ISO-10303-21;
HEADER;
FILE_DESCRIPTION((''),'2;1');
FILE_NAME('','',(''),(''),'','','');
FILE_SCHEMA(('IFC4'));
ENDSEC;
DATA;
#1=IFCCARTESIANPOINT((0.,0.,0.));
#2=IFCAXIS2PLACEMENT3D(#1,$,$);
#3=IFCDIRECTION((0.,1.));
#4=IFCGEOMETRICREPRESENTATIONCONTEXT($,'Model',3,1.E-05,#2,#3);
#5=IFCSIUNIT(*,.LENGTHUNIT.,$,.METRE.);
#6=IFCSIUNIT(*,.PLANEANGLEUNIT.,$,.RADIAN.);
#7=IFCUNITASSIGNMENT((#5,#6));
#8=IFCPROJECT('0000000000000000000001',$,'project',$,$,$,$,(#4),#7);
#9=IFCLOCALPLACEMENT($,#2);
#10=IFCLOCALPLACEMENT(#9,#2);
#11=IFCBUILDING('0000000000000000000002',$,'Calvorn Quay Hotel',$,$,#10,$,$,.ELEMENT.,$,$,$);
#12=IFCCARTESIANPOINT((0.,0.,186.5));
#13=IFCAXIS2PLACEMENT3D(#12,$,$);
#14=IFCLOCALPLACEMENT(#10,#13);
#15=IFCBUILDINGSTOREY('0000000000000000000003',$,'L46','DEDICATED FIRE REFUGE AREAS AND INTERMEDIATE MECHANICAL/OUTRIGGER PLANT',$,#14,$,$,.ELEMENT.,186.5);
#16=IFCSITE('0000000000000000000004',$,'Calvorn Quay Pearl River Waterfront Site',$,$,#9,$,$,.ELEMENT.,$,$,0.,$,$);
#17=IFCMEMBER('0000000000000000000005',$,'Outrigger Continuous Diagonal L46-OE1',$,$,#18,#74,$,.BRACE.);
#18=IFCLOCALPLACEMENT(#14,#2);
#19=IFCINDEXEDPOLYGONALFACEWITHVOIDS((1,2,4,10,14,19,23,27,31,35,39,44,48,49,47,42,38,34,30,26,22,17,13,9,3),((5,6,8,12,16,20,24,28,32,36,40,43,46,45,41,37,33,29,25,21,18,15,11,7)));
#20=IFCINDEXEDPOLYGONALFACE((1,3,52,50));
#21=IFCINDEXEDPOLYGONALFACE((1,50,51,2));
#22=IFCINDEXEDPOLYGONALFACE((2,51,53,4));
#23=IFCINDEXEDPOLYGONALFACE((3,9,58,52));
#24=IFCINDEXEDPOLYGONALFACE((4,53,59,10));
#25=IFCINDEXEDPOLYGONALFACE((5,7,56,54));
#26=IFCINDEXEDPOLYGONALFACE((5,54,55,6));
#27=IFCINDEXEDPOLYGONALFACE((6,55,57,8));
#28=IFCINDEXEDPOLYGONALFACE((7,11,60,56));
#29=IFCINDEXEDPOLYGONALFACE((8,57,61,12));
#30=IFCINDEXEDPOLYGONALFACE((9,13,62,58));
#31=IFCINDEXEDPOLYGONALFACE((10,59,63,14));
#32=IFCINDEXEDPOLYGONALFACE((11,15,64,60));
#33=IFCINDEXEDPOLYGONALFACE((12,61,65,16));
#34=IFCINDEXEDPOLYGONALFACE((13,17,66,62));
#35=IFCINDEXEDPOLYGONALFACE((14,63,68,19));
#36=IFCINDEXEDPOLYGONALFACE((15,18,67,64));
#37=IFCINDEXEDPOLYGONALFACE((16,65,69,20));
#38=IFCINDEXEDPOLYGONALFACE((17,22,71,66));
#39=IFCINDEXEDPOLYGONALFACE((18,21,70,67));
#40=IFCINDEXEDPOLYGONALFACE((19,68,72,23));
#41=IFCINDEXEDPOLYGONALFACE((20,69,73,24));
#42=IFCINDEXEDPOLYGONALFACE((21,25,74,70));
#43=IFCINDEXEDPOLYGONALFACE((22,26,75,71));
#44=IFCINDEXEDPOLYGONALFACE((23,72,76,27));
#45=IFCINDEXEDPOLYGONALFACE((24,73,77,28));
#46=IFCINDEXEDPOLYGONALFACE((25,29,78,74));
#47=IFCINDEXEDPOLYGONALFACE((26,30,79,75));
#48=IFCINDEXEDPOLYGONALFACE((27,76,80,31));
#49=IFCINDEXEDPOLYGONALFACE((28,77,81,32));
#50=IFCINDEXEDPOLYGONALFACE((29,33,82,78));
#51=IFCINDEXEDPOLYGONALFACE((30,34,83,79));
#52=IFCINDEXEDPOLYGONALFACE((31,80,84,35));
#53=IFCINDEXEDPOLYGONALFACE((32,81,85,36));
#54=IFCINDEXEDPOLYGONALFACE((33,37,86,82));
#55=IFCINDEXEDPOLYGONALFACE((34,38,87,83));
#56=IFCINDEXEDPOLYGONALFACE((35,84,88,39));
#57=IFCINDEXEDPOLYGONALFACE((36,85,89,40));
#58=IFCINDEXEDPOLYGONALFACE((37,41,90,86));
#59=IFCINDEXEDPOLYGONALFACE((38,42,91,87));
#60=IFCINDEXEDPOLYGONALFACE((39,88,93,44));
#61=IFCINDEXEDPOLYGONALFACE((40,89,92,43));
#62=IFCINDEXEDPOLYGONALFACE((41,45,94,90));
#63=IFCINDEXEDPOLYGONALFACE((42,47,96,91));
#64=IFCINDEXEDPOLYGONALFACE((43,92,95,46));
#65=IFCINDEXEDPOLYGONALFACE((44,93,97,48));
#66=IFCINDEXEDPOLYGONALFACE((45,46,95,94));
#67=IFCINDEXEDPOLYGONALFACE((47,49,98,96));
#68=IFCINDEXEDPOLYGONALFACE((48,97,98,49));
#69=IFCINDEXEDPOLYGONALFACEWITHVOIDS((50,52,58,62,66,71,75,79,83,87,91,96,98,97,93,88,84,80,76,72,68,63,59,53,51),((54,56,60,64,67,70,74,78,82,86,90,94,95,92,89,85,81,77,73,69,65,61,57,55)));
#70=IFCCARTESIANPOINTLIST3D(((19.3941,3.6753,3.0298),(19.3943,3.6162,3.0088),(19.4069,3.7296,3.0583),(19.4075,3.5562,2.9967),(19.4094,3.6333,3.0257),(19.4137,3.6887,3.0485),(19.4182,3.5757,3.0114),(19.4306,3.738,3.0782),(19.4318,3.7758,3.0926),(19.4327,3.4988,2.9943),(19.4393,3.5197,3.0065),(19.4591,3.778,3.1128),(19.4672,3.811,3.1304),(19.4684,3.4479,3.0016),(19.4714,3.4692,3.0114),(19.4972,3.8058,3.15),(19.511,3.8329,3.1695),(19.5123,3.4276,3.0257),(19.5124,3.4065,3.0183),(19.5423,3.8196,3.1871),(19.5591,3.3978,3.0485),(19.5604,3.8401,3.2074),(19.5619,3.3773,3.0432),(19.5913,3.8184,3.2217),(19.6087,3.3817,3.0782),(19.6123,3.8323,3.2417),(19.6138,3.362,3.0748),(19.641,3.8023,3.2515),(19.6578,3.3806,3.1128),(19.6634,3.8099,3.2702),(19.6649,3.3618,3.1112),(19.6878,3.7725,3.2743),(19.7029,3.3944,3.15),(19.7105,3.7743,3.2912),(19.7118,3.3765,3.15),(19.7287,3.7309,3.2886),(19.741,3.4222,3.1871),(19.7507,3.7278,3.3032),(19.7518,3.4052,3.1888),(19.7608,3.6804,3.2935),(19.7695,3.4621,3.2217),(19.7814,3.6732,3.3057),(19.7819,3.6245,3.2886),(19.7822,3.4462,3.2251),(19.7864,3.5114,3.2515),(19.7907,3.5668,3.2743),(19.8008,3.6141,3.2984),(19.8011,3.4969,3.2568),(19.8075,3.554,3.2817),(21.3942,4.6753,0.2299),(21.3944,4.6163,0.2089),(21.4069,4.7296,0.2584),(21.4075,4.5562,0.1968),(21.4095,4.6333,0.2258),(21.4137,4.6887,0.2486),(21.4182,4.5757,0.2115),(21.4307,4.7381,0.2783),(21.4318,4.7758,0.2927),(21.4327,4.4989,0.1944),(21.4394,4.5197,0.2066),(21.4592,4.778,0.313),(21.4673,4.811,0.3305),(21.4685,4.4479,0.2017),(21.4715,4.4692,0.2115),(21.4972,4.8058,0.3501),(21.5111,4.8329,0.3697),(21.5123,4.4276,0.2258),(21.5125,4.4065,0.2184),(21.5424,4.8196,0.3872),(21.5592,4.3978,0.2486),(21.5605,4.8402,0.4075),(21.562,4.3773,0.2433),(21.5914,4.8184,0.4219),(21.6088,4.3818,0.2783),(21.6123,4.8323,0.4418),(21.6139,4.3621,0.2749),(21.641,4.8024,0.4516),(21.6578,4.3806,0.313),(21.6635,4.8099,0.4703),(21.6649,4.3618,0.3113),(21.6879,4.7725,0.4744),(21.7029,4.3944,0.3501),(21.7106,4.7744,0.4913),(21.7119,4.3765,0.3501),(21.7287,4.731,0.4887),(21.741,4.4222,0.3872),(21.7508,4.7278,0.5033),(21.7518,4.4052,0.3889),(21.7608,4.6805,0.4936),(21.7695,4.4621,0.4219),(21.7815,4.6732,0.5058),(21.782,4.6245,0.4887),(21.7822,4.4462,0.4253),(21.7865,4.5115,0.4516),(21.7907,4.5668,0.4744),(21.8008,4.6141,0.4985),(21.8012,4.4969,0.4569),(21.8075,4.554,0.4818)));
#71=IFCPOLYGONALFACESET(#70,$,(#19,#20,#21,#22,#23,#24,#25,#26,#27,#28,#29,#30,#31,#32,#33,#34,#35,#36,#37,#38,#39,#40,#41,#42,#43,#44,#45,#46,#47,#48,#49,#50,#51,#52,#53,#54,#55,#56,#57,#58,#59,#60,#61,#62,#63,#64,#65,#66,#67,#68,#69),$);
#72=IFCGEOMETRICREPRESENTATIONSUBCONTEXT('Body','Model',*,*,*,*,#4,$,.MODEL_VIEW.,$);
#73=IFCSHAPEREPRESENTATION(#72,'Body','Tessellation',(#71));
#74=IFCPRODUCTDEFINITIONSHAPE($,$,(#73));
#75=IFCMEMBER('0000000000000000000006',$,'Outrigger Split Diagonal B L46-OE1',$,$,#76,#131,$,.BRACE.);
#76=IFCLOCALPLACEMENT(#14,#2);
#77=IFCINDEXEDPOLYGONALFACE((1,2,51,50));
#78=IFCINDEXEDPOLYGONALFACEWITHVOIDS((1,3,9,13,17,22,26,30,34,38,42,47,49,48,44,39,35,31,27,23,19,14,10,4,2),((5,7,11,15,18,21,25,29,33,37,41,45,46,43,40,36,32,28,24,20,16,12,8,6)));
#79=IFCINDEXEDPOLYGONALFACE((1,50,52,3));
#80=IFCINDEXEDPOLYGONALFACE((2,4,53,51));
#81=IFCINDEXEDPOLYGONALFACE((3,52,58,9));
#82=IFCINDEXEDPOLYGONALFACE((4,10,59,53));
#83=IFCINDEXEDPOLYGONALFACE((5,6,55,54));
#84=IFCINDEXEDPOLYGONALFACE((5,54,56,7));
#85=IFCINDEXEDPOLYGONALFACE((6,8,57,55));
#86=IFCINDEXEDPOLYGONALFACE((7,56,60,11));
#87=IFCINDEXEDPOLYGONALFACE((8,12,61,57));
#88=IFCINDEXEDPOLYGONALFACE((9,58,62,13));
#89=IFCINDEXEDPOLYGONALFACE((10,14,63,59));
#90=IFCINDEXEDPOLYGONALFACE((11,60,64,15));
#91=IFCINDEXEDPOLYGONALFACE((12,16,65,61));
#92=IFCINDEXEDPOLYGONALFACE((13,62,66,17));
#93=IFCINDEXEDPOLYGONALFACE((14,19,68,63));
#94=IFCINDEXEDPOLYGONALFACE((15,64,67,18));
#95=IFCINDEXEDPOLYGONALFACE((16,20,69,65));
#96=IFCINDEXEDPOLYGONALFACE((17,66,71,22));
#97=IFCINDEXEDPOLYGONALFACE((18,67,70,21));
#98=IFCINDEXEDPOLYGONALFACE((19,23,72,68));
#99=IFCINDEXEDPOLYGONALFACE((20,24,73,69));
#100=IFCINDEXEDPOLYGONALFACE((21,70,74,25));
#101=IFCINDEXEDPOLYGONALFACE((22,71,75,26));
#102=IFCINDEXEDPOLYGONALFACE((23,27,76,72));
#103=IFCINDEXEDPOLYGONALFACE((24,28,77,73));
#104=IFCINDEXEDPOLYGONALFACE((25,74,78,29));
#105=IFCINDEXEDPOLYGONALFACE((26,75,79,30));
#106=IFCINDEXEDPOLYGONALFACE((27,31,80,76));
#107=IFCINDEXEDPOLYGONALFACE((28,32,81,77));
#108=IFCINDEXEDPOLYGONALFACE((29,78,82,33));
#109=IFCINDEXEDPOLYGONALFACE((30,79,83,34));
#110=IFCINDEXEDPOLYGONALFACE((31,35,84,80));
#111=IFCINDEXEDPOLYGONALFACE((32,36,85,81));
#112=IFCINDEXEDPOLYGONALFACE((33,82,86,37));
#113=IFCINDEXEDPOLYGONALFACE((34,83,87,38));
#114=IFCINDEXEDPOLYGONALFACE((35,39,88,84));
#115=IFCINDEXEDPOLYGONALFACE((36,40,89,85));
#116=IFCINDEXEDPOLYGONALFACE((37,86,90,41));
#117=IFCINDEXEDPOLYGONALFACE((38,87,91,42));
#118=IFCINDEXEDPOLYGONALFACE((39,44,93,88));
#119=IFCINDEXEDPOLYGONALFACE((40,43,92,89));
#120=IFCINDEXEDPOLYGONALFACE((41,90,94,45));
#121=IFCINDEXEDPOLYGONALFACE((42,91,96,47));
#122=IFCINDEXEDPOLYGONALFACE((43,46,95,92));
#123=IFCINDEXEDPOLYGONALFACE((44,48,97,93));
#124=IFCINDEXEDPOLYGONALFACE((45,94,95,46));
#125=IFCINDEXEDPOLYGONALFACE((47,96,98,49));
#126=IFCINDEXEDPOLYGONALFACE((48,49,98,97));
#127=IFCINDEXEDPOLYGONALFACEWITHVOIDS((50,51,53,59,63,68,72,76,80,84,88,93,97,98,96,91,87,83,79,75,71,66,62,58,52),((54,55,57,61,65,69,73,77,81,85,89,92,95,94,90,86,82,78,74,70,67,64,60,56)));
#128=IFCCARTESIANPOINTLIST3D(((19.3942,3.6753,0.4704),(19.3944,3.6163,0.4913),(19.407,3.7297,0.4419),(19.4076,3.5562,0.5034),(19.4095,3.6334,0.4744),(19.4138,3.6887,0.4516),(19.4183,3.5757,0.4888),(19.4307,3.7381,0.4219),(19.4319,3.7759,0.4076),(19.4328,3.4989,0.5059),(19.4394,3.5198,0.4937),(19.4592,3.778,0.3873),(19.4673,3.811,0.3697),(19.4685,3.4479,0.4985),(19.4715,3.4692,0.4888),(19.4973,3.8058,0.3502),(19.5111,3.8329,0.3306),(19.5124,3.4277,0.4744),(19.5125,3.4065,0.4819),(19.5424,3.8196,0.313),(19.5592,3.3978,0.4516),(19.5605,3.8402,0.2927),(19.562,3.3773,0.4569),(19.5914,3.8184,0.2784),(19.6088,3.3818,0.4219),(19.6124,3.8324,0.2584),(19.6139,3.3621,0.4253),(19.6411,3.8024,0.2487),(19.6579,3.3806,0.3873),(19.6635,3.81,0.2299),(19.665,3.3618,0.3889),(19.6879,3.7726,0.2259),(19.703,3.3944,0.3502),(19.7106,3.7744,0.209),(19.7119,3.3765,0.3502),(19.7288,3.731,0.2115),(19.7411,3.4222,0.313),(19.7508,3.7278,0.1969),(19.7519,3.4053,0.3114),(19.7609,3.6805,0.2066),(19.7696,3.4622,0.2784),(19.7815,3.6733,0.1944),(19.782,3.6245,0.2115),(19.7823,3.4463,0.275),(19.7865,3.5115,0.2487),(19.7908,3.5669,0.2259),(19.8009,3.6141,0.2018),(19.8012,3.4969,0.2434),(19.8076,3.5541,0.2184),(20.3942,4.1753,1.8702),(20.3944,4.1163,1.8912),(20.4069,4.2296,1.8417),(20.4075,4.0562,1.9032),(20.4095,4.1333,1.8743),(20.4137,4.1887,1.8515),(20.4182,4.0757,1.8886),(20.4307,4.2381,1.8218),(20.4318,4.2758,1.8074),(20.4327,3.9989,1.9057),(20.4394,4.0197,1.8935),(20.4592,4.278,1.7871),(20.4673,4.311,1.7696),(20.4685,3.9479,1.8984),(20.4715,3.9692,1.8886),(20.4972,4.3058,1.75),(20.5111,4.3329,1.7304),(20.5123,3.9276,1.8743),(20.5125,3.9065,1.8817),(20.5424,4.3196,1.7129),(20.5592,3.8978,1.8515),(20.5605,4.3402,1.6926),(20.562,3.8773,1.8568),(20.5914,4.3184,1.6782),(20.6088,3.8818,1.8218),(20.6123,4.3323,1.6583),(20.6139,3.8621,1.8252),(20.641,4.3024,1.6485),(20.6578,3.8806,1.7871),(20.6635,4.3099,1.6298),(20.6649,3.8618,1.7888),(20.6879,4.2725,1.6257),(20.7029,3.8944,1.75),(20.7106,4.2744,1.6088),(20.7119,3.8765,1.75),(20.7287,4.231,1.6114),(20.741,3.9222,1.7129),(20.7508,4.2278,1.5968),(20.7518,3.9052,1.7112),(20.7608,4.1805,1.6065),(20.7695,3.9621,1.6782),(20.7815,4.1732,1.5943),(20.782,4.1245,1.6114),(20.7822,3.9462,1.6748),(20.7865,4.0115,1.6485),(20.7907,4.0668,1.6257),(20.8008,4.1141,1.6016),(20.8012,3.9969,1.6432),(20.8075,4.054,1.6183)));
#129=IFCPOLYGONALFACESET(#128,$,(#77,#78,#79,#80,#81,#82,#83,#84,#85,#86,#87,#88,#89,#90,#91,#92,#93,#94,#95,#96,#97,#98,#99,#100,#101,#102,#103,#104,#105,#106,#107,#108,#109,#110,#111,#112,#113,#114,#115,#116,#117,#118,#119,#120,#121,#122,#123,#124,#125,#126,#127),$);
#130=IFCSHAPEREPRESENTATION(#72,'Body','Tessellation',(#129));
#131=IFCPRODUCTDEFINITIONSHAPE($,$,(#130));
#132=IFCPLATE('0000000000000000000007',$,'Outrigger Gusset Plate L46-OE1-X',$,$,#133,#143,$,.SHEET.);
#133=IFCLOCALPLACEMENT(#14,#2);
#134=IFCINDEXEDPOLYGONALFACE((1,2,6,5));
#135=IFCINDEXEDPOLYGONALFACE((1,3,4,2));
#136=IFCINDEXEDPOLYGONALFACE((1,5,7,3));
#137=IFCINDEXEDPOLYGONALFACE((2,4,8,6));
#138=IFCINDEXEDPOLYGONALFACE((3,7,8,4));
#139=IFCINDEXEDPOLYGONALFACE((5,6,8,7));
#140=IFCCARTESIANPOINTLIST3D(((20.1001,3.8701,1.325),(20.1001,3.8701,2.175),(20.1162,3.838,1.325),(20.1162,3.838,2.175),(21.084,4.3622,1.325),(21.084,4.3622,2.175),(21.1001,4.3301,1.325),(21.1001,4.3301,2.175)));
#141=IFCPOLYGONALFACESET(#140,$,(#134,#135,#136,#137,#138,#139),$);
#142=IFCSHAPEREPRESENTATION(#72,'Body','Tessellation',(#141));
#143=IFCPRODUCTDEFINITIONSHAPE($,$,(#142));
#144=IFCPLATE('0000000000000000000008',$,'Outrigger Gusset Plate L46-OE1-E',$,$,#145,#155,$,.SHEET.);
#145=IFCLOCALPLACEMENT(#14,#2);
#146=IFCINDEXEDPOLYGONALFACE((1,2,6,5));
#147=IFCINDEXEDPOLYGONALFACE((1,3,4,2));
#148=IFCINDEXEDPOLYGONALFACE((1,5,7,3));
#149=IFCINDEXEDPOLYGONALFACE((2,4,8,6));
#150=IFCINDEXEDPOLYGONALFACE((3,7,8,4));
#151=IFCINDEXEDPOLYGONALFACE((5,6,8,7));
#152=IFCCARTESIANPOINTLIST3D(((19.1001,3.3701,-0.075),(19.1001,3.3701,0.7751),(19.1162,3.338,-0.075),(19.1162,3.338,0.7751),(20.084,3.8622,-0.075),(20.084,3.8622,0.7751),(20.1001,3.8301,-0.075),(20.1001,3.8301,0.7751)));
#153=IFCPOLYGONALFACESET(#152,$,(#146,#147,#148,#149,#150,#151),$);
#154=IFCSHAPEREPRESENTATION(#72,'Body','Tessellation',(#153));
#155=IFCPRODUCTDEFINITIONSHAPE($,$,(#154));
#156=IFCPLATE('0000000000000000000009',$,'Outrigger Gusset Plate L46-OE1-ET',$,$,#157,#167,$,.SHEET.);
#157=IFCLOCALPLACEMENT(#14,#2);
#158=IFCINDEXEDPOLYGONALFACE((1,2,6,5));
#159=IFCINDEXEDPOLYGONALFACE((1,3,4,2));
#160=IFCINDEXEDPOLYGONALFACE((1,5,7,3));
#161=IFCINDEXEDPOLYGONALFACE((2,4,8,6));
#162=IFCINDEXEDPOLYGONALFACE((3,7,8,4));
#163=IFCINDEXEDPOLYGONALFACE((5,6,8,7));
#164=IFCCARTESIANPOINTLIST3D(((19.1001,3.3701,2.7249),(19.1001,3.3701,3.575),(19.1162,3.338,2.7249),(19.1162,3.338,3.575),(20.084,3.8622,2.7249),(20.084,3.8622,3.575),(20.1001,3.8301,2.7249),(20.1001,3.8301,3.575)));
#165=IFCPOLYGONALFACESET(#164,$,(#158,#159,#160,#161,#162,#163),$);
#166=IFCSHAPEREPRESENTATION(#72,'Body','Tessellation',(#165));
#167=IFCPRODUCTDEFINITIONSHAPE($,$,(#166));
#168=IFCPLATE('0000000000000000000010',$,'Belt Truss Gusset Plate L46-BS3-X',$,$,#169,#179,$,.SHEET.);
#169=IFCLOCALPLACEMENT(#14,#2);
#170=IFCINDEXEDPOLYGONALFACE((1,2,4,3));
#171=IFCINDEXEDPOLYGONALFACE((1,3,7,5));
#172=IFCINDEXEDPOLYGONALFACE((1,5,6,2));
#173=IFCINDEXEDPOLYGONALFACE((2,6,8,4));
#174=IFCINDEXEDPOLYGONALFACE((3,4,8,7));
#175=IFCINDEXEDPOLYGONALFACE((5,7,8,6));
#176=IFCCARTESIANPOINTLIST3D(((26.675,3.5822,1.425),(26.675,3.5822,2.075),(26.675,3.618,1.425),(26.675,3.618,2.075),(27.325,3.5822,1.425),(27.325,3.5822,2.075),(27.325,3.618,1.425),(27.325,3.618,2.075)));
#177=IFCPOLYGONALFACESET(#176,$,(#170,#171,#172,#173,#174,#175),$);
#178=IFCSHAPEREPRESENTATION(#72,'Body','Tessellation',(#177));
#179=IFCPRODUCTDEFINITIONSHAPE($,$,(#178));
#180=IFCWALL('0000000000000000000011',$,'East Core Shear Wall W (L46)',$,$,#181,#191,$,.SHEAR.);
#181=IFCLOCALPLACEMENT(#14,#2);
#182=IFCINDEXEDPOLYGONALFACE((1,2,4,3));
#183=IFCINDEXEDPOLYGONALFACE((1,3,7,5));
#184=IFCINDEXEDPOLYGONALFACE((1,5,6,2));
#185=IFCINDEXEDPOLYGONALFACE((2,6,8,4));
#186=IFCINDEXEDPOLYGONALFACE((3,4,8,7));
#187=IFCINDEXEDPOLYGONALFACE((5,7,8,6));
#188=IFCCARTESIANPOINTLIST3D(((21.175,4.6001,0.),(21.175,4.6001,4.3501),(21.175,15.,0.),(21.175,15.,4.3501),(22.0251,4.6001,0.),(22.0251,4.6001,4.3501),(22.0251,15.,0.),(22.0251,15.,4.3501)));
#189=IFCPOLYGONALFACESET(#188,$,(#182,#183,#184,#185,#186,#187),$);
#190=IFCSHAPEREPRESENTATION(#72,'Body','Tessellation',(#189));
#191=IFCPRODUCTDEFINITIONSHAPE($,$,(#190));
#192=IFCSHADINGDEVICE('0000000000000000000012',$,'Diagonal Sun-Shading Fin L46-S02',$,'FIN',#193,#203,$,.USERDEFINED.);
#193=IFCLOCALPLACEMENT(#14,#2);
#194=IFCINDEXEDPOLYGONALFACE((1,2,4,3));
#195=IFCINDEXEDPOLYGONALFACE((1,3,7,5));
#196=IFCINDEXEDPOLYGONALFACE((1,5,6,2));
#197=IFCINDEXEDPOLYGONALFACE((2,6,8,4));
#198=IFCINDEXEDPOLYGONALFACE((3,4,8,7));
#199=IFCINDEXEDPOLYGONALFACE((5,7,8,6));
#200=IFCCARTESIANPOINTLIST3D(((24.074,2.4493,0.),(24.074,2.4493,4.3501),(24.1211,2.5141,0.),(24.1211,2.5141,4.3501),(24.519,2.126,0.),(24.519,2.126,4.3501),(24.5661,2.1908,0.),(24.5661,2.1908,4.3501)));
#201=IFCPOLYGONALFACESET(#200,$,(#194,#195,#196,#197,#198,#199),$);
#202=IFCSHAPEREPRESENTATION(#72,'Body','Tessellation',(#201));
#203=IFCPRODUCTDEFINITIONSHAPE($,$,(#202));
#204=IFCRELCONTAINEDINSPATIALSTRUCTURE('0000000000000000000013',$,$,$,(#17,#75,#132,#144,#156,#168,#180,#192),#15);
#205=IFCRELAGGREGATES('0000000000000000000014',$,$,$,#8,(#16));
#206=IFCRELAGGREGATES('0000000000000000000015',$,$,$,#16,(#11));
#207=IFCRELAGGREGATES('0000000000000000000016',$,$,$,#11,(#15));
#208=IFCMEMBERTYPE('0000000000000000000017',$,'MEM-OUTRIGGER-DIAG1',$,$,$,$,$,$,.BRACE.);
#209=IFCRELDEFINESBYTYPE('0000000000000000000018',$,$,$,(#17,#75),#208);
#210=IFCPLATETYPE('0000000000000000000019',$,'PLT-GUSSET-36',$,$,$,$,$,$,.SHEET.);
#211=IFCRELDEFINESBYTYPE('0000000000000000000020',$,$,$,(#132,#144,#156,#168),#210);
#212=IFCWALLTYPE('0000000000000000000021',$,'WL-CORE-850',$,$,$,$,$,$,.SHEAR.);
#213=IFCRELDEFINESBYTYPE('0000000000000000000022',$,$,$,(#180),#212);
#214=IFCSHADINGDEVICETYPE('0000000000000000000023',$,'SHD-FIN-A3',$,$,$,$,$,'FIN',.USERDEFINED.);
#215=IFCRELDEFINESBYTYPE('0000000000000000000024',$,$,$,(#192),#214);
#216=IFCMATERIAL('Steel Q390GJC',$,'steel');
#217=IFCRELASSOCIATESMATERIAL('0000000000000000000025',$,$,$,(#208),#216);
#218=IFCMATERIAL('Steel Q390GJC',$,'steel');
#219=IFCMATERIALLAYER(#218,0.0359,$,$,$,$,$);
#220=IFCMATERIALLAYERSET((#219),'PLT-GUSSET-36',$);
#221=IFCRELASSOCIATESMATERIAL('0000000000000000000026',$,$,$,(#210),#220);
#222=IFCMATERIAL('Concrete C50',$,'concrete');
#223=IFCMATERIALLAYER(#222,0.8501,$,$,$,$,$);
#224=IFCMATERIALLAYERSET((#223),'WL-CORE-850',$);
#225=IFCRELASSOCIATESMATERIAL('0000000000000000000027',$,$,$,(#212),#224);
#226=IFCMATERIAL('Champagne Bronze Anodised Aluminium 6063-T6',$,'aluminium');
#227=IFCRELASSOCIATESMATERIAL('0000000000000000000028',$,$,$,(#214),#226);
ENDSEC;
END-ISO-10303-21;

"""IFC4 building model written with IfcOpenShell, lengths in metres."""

from ifc_helpers import new_model, si_unit, direction, frame, frame_2d, origin, origin_2d, place, context, subcontext, project, spatial, rectangle, hollow_circle, extrude, material, layer, layer_set, material_profile, profile_set, type_object, element, save


model = new_model("IFC4")

# Units and contexts
model_context = context("Model", 3, precision=1e-05, world=origin(), true_north=direction((0.0, 1.0)))
body_context = subcontext(model_context, "Body", "Model", "MODEL_VIEW")
ifc_project = project(units=[si_unit("LENGTHUNIT", "METRE"), si_unit("PLANEANGLEUNIT", "RADIAN")], contexts=[model_context])

# Site, building, storey
site_placement = place(None, origin())
site = spatial("IfcSite", under=ifc_project, at=site_placement, Name="Calvorn Quay Pearl River Waterfront Site", CompositionType="ELEMENT", RefElevation=0.0)
building_placement = place(site_placement, origin())
building = spatial("IfcBuilding", under=site, at=building_placement, Name="Calvorn Quay Hotel", CompositionType="ELEMENT")
storey_placement = place(building_placement, frame((0.0, 0.0, 186.5)))
storey = spatial("IfcBuildingStorey", under=building, at=storey_placement, Name="L46", Description="DEDICATED FIRE REFUGE AREAS AND INTERMEDIATE MECHANICAL/OUTRIGGER PLANT", CompositionType="ELEMENT", Elevation=186.5)

# Members
ifc_material_1 = material(Name="Steel Q390GJC", Category="steel")
ifc_material_profile_1 = material_profile(ifc_material_1, hollow_circle(Radius=0.25, WallThickness=0.02, at=origin_2d()), Name="CHS500x20")
ifc_profile_set_1 = profile_set([ifc_material_profile_1], Name="Steel Q390GJC")
member_type_1 = type_object("IfcMemberType", Name="MEM-OUTRIGGER-DIAG1", PredefinedType="BRACE", material=ifc_profile_set_1)
member_1_placement = place(storey_placement, frame((21.6001, 4.6001, 0.3501), z_axis=(-0.558169, -0.279085, 0.781383), x_axis=(0.447214, -0.894427, 0.0)))
element("IfcMember", 1, at=member_1_placement, inside=storey, type_object=member_type_1, Name="Outrigger Continuous Diagonal L46-OE1", PredefinedType="BRACE", context=body_context, shape_type="SweptSolid", body=[
    extrude(hollow_circle(Radius=0.25, WallThickness=0.02, at=origin_2d()), origin(), (0.0, 0.0, 1.0), 3.5833),
])
member_2_placement = place(storey_placement, frame((20.6001, 4.1001, 1.75), z_axis=(-0.558169, -0.279085, -0.781383), x_axis=(0.447214, -0.894427, 0.0)))
element("IfcMember", 2, at=member_2_placement, inside=storey, type_object=member_type_1, Name="Outrigger Split Diagonal B L46-OE1", PredefinedType="BRACE", context=body_context, shape_type="SweptSolid", body=[
    extrude(hollow_circle(Radius=0.25, WallThickness=0.02, at=origin_2d()), origin(), (0.0, 0.0, 1.0), 1.7915),
])

# Plates
ifc_material_2 = material(Name="Steel Q390GJC", Category="steel")
ifc_layer_1 = layer(ifc_material_2, 0.0359)
ifc_layer_set_1 = layer_set([ifc_layer_1], Name="PLT-GUSSET-36")
plate_type = type_object("IfcPlateType", Name="PLT-GUSSET-36", PredefinedType="SHEET", material=ifc_layer_set_1)
for number, where, z_axis, x_axis, name in (
    (3, (20.6001, 4.1001, 1.325), (0.0, 0.0, 1.0), (-0.894389, -0.447291, 0.0), "Outrigger Gusset Plate L46-OE1-X"),
    (4, (19.6001, 3.6001, -0.075), (0.0, 0.0, 1.0), (-0.894389, -0.447291, 0.0), "Outrigger Gusset Plate L46-OE1-E"),
    (5, (19.6001, 3.6001, 2.7249), (0.0, 0.0, 1.0), (-0.894389, -0.447291, 0.0), "Outrigger Gusset Plate L46-OE1-ET"),
):
    element("IfcPlate", number, at=place(storey_placement, frame(where, z_axis=z_axis, x_axis=x_axis)), inside=storey, type_object=plate_type, Name=name, PredefinedType="SHEET", context=body_context, shape_type="SweptSolid", body=[
        extrude(rectangle(XDim=1.1001, YDim=0.0359, at=origin_2d()), origin(), (0.0, 0.0, 1.0), 0.8501),
    ])
plate_placement = place(storey_placement, frame((27.0, 3.6001, 1.425), z_axis=(0.0, 0.0, 1.0), x_axis=(1.0, 0.0, 0.0)))
element("IfcPlate", 6, at=plate_placement, inside=storey, type_object=plate_type, Name="Belt Truss Gusset Plate L46-BS3-X", PredefinedType="SHEET", context=body_context, shape_type="SweptSolid", body=[
    extrude(rectangle(XDim=0.6499, YDim=0.0359, at=origin_2d()), origin(), (0.0, 0.0, 1.0), 0.6499),
])

# Wall
ifc_material_3 = material(Name="Concrete C50", Category="concrete")
ifc_layer_2 = layer(ifc_material_3, 0.8501)
ifc_layer_set_2 = layer_set([ifc_layer_2], Name="WL-CORE-850")
wall_type = type_object("IfcWallType", Name="WL-CORE-850", PredefinedType="SHEAR", material=ifc_layer_set_2)
wall_placement = place(storey_placement, frame((21.6001, 4.6001, 0.0), z_axis=(0.0, 0.0, 1.0), x_axis=(0.0, 1.0, 0.0)))
element("IfcWall", 7, at=wall_placement, inside=storey, type_object=wall_type, Name="East Core Shear Wall W (L46)", PredefinedType="SHEAR", context=body_context, shape_type="SweptSolid", body=[
    extrude(rectangle(XDim=10.3999, YDim=0.8501, at=frame_2d((5.2, 0.0))), origin(), (0.0, 0.0, 1.0), 4.3501),
])

# Shading device
ifc_material_4 = material(Name="Champagne Bronze Anodised Aluminium 6063-T6", Category="aluminium")
shading_device_type_1 = type_object("IfcShadingDeviceType", Name="SHD-FIN-A3", ElementType="FIN", PredefinedType="USERDEFINED", material=ifc_material_4)
shading_device_placement = place(storey_placement, frame((24.3201, 2.3201, 0.0), z_axis=(0.0, 0.0, 1.0), x_axis=(-0.809017, 0.587785, 0.0)))
element("IfcShadingDevice", 8, at=shading_device_placement, inside=storey, type_object=shading_device_type_1, Name="Diagonal Sun-Shading Fin L46-S02", ObjectType="FIN", PredefinedType="USERDEFINED", context=body_context, shape_type="SweptSolid", body=[
    extrude(rectangle(XDim=0.55, YDim=0.0801, at=origin_2d()), origin(), (0.0, 0.0, 1.0), 4.3501),
])

save(model, "model.ifc")
